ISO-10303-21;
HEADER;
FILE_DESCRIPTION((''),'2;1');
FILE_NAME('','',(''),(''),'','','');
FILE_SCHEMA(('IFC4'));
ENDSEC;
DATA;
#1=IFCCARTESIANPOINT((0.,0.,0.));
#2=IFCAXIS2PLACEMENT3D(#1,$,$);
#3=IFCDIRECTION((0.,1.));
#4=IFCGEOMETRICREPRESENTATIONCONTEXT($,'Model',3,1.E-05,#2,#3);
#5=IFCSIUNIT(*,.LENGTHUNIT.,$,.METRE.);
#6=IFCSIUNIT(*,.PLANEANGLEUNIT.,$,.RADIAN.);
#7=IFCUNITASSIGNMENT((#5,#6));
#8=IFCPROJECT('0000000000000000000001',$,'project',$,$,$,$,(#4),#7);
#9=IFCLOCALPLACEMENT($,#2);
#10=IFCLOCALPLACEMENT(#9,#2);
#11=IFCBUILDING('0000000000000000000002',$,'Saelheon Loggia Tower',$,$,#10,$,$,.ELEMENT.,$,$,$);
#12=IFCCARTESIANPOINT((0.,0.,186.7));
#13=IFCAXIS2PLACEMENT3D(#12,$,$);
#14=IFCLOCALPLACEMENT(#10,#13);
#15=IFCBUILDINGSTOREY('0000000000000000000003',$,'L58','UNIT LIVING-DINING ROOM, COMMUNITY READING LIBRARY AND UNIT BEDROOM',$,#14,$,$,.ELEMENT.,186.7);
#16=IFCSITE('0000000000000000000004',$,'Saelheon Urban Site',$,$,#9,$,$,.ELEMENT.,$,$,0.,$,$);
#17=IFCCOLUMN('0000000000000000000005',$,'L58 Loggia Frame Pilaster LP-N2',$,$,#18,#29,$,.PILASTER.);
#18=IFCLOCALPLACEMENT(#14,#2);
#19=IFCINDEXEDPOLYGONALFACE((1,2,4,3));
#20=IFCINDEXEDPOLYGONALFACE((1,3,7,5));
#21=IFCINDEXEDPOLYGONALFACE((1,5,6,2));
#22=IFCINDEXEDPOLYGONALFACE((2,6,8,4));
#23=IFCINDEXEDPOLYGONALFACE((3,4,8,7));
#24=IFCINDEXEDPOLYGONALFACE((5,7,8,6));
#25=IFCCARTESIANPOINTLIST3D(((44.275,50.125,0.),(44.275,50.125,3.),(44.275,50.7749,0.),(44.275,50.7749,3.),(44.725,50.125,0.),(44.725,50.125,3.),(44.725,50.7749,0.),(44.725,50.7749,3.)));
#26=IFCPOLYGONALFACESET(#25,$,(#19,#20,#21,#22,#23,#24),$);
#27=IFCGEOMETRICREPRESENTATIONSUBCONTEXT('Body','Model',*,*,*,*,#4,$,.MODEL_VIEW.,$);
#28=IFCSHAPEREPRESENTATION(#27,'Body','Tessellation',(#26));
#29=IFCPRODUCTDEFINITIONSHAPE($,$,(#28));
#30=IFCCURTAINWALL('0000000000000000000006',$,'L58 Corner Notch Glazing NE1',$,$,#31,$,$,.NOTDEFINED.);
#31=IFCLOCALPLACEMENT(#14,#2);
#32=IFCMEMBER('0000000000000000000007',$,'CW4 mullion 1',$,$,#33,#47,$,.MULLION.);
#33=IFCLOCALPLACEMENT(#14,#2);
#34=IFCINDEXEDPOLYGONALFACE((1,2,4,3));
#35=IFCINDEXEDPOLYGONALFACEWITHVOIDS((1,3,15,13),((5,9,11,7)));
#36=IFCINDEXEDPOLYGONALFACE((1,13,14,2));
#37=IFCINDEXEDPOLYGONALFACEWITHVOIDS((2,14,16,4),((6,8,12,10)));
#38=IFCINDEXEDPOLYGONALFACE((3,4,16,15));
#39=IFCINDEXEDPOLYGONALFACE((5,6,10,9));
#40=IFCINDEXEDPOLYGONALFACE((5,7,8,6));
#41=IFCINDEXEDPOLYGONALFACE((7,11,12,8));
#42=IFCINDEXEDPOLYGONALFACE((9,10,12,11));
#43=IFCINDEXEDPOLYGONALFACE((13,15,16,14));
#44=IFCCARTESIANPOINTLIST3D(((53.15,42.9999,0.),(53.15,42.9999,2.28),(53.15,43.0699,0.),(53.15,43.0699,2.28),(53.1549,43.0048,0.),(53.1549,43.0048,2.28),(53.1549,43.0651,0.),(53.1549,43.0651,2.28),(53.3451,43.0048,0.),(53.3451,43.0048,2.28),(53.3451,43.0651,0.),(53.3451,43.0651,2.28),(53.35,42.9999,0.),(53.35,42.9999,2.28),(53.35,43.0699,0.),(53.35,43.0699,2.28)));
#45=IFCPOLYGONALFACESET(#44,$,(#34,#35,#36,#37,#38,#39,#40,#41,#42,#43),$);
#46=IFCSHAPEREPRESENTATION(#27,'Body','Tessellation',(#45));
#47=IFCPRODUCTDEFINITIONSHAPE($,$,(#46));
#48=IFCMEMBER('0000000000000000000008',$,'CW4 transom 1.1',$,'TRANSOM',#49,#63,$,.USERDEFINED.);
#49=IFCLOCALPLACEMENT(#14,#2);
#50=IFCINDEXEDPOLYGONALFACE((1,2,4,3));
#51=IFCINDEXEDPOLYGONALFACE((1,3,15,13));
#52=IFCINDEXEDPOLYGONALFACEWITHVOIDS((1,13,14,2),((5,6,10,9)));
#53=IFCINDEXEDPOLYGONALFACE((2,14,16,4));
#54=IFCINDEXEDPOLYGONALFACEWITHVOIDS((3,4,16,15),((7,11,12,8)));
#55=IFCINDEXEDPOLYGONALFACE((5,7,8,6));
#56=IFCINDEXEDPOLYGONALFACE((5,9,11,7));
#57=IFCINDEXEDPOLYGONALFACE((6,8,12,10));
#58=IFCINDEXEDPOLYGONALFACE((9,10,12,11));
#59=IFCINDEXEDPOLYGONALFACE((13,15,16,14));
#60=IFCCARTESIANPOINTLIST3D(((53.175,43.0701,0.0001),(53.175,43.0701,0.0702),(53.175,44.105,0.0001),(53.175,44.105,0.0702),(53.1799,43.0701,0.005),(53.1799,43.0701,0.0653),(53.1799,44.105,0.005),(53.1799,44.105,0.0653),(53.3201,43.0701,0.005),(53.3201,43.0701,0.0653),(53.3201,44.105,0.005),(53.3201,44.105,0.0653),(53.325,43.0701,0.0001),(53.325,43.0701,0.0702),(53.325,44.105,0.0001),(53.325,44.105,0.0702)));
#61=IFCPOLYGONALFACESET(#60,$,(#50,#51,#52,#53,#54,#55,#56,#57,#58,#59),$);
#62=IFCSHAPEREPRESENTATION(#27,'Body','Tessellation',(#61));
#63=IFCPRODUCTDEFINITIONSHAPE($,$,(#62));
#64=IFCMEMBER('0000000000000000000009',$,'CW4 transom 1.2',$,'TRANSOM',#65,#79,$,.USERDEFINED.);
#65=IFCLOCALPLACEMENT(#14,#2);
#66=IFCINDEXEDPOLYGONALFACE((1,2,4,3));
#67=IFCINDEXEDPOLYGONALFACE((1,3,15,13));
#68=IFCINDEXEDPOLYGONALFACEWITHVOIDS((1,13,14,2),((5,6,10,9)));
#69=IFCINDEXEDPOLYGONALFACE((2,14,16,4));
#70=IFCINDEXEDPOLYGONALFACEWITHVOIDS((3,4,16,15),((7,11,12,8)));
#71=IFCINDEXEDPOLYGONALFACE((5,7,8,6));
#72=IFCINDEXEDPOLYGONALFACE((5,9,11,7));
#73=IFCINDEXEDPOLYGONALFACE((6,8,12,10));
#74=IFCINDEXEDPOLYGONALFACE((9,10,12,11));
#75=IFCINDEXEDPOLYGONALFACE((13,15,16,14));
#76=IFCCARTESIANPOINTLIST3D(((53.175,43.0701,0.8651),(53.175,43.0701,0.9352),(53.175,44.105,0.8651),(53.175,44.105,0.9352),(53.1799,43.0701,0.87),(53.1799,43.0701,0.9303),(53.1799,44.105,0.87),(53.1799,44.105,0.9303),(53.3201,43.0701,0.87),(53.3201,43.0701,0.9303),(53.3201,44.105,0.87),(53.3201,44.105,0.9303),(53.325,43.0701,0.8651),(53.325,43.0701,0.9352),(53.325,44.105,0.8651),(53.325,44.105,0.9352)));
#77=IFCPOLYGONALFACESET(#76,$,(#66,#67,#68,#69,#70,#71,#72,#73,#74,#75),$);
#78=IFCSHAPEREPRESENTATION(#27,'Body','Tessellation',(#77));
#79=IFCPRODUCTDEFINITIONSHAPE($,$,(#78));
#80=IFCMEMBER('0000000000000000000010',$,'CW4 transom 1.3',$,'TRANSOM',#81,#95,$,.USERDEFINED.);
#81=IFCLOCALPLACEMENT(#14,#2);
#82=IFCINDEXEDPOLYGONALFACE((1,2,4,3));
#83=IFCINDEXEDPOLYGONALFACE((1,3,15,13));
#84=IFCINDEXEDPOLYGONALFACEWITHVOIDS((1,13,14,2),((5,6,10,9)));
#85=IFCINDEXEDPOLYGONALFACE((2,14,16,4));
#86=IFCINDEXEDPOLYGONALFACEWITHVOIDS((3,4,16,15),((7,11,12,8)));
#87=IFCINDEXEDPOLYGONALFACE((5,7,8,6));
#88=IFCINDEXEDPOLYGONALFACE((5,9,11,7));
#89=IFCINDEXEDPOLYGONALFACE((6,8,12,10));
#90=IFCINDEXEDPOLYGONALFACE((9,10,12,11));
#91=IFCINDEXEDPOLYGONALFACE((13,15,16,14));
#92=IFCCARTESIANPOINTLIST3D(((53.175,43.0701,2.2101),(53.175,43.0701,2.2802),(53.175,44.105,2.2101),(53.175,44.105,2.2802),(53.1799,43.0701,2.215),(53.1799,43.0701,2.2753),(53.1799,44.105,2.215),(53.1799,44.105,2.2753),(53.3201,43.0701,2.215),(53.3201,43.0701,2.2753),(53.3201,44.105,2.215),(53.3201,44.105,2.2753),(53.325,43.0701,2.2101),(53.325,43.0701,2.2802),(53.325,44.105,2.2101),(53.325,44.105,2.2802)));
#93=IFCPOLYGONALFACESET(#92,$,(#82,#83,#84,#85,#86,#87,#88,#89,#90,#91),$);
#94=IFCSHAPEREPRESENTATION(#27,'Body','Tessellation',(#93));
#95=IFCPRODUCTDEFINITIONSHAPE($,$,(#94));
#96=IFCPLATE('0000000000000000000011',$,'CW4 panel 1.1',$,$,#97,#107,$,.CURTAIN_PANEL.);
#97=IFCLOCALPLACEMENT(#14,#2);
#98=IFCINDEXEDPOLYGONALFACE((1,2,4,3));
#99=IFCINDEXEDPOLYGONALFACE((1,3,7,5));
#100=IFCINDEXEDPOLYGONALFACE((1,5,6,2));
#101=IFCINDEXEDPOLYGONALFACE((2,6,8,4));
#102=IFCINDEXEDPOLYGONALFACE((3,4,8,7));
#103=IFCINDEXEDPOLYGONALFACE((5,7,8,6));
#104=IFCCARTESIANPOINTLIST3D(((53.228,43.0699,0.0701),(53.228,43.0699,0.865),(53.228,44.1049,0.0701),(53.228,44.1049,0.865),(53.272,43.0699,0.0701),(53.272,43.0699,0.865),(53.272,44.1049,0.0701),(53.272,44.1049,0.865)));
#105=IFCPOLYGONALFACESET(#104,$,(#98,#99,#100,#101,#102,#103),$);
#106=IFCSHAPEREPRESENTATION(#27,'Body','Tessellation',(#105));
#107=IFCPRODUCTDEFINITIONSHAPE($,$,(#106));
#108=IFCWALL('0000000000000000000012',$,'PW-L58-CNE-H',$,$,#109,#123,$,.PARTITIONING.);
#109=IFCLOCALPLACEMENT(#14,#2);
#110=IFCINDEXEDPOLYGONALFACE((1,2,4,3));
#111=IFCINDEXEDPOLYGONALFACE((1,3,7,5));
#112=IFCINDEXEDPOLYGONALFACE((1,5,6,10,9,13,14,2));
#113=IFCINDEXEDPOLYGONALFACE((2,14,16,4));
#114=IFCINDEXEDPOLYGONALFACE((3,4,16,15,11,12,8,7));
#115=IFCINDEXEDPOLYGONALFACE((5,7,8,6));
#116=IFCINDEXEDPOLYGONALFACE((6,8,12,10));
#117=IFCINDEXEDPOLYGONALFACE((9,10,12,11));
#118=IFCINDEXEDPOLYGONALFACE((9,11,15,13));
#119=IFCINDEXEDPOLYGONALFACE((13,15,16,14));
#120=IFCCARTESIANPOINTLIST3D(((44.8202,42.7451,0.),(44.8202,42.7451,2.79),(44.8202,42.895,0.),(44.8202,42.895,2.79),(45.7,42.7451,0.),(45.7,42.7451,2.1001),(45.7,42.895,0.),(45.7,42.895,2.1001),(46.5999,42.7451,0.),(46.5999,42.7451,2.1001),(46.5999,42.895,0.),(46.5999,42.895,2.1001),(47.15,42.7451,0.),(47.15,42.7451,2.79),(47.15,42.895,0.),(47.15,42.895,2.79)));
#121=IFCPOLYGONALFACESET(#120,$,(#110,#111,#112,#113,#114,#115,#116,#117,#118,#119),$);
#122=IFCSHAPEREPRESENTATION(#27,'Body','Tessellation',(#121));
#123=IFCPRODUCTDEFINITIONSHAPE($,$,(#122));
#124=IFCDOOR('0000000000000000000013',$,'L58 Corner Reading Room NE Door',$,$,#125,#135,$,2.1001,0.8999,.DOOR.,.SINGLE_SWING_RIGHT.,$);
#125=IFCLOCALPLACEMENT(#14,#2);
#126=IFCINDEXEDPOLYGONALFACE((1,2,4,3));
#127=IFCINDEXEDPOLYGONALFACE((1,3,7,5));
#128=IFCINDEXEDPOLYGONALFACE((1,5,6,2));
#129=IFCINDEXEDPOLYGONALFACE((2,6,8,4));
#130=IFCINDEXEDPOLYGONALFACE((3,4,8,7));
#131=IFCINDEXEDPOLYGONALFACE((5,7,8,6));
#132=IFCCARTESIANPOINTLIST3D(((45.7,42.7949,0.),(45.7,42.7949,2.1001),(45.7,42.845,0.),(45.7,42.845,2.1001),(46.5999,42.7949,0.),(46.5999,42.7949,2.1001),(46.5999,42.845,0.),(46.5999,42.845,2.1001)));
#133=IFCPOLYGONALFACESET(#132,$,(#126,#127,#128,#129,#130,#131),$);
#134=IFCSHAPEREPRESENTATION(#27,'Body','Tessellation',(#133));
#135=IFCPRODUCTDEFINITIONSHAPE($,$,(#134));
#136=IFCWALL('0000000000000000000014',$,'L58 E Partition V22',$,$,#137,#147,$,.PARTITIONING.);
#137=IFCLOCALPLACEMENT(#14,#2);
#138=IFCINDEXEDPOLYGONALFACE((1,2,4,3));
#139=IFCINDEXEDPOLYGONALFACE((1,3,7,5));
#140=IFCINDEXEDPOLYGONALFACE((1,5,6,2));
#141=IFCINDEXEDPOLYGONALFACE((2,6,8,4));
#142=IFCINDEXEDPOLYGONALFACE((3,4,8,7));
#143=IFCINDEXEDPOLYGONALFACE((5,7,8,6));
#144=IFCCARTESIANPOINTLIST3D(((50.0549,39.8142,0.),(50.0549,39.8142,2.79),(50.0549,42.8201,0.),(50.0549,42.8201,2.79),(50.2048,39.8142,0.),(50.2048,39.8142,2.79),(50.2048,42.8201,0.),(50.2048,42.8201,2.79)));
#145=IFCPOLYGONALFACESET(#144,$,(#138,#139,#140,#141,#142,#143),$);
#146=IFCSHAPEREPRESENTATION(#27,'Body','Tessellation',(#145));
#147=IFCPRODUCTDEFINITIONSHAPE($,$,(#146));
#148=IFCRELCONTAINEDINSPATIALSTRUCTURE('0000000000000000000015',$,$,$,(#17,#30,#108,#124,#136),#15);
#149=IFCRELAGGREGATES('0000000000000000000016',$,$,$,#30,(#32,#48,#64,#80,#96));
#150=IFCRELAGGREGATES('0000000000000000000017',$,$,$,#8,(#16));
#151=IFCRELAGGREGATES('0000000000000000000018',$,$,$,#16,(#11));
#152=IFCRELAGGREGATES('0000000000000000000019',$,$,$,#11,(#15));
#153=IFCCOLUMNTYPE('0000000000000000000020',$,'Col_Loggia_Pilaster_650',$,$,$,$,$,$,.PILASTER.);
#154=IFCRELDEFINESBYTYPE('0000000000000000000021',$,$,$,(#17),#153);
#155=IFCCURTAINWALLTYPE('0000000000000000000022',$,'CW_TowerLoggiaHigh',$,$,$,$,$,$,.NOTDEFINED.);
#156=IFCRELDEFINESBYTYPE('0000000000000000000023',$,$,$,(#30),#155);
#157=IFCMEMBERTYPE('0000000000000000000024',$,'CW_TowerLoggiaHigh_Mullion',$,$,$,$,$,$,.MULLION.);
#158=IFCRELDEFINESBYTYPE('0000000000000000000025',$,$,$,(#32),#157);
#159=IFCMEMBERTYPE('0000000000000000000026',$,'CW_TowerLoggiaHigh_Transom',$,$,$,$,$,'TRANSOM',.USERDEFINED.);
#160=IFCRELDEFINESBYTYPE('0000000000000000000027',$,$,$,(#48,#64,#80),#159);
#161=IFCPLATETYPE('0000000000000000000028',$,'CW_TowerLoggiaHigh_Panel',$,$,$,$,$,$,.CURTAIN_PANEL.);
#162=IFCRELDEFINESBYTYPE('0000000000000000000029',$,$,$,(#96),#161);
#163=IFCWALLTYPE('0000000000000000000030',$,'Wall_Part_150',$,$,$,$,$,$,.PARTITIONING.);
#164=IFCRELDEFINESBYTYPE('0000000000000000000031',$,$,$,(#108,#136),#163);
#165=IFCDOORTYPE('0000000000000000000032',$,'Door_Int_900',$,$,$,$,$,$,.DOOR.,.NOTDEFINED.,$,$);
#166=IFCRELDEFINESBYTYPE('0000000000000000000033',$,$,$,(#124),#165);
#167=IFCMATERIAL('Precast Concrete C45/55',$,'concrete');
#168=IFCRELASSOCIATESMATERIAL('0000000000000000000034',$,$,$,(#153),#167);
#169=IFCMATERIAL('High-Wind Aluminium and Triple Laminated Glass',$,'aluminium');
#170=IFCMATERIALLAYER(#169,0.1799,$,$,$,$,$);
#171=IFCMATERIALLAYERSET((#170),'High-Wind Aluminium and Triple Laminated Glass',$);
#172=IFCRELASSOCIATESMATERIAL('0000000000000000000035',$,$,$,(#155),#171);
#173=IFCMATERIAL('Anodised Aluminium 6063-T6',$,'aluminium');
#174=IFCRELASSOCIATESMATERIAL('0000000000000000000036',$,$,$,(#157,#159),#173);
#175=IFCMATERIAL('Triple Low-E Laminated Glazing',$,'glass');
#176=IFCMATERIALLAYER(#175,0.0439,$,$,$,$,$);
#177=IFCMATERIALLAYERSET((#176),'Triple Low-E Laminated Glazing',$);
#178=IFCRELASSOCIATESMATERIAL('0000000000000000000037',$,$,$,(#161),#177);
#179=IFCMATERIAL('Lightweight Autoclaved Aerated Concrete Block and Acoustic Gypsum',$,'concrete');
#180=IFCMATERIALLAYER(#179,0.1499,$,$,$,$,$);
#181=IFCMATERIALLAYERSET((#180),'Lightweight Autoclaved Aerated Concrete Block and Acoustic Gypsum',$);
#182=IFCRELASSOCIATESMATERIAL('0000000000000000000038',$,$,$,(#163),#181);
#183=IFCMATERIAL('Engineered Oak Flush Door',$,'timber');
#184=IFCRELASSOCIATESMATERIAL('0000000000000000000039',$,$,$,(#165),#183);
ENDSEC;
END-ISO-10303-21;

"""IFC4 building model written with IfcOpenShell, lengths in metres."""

from ifc_helpers import new_model, si_unit, direction, frame, frame_2d, origin, origin_2d, place, context, subcontext, project, spatial, rectangle, hollow_rectangle, extrude, source, transform, mapped, material, layer, layer_set, material_profile, profile_set, type_object, element, fill, aggregate, save


model = new_model("IFC4")

# Units and contexts
model_context = context("Model", 3, precision=1e-05, world=origin(), true_north=direction((0.0, 1.0)))
body_context = subcontext(model_context, "Body", "Model", "MODEL_VIEW")
ifc_project = project(units=[si_unit("LENGTHUNIT", "METRE"), si_unit("PLANEANGLEUNIT", "RADIAN")], contexts=[model_context])

# Site, building, storey
site_placement = place(None, origin())
site = spatial("IfcSite", under=ifc_project, at=site_placement, Name="Saelheon Urban Site", CompositionType="ELEMENT", RefElevation=0.0)
building_placement = place(site_placement, origin())
building = spatial("IfcBuilding", under=site, at=building_placement, Name="Saelheon Loggia Tower", CompositionType="ELEMENT")
storey_placement = place(building_placement, frame((0.0, 0.0, 186.7)))
storey = spatial("IfcBuildingStorey", under=building, at=storey_placement, Name="L58", Description="UNIT LIVING-DINING ROOM, COMMUNITY READING LIBRARY AND UNIT BEDROOM", CompositionType="ELEMENT", Elevation=186.7)

# Column
ifc_material_1 = material(Name="Precast Concrete C45/55", Category="concrete")
ifc_material_profile_1 = material_profile(ifc_material_1, rectangle(XDim=0.45, YDim=0.6499, at=origin_2d()), Name="RC-450x650")
ifc_profile_set_1 = profile_set([ifc_material_profile_1], Name="Precast Concrete C45/55")
column_type = type_object("IfcColumnType", Name="Col_Loggia_Pilaster_650", PredefinedType="PILASTER", material=ifc_profile_set_1)
shared_shape_1 = source(origin(), body_context, "Body", "SweptSolid", [
    extrude(rectangle(XDim=0.45, YDim=0.6499, at=origin_2d()), origin(), (0.0, 0.0, 1.0), 3.0),
])
column_placement = place(storey_placement, frame((44.5, 50.45, 0.0), z_axis=(0.0, 0.0, 1.0), x_axis=(1.0, 0.0, 0.0)))
element("IfcColumn", 1, at=column_placement, inside=storey, type_object=column_type, Name="L58 Loggia Frame Pilaster LP-N2", PredefinedType="PILASTER", context=body_context, shape_type="MappedRepresentation", body=[
    mapped(shared_shape_1, transform((0.0, 0.0, 0.0), scale=1.0)),
])

# Curtain wall, members, plate
ifc_material_2 = material(Name="High-Wind Aluminium and Triple Laminated Glass", Category="aluminium")
ifc_layer_1 = layer(ifc_material_2, 0.1799)
ifc_layer_set_1 = layer_set([ifc_layer_1], Name="High-Wind Aluminium and Triple Laminated Glass")
curtain_wall_type = type_object("IfcCurtainWallType", Name="CW_TowerLoggiaHigh", PredefinedType="NOTDEFINED", material=ifc_layer_set_1)
curtain_wall_placement = place(storey_placement, origin())
curtain_wall = element("IfcCurtainWall", 2, at=curtain_wall_placement, inside=storey, type_object=curtain_wall_type, Name="L58 Corner Notch Glazing NE1", PredefinedType="NOTDEFINED")
ifc_material_3 = material(Name="Anodised Aluminium 6063-T6", Category="aluminium")
ifc_material_profile_2 = material_profile(ifc_material_3, hollow_rectangle(XDim=0.0701, YDim=0.2, WallThickness=0.0049, at=origin_2d()), Name="RHS-200x70x5")
ifc_profile_set_2 = profile_set([ifc_material_profile_2], Name="Anodised Aluminium 6063-T6")
member_type_1 = type_object("IfcMemberType", Name="CW_TowerLoggiaHigh_Mullion", PredefinedType="MULLION", material=ifc_profile_set_2)
shared_shape_2 = source(origin(), body_context, "Body", "SweptSolid", [
    extrude(hollow_rectangle(XDim=0.0701, YDim=0.2, WallThickness=0.0049, at=origin_2d()), origin(), (0.0, 0.0, 1.0), 2.28),
])
member_1_placement = place(storey_placement, frame((53.25, 43.0349, 0.0), z_axis=(0.0, 0.0, 1.0), x_axis=(0.0, 1.0, 0.0)))
member_1 = element("IfcMember", 3, at=member_1_placement, type_object=member_type_1, Name="CW4 mullion 1", PredefinedType="MULLION", context=body_context, shape_type="MappedRepresentation", body=[
    mapped(shared_shape_2, transform((0.0, 0.0, 0.0), scale=1.0)),
])
ifc_material_profile_3 = material_profile(ifc_material_3, hollow_rectangle(XDim=0.0701, YDim=0.1499, WallThickness=0.0049, at=origin_2d()), Name="RHS-150x70x5")
ifc_profile_set_3 = profile_set([ifc_material_profile_3], Name="Anodised Aluminium 6063-T6")
member_type_2 = type_object("IfcMemberType", Name="CW_TowerLoggiaHigh_Transom", ElementType="TRANSOM", PredefinedType="USERDEFINED", material=ifc_profile_set_3)
shared_shape_3 = source(origin(), body_context, "Body", "SweptSolid", [
    extrude(hollow_rectangle(XDim=0.0701, YDim=0.1499, WallThickness=0.0049, at=origin_2d()), origin(), (0.0, 0.0, 1.0), 1.0349),
])
member_2_placement = place(storey_placement, frame((53.25, 43.0701, 0.0352), z_axis=(0.0, 1.0, 0.0), x_axis=(0.0, 0.0, 1.0)))
member_2 = element("IfcMember", 4, at=member_2_placement, type_object=member_type_2, Name="CW4 transom 1.1", ObjectType="TRANSOM", PredefinedType="USERDEFINED", context=body_context, shape_type="MappedRepresentation", body=[
    mapped(shared_shape_3, transform((0.0, 0.0, 0.0), scale=1.0)),
])
member_3_placement = place(storey_placement, frame((53.25, 43.0701, 0.9001), z_axis=(0.0, 1.0, 0.0), x_axis=(0.0, 0.0, 1.0)))
member_3 = element("IfcMember", 5, at=member_3_placement, type_object=member_type_2, Name="CW4 transom 1.2", ObjectType="TRANSOM", PredefinedType="USERDEFINED", context=body_context, shape_type="MappedRepresentation", body=[
    mapped(shared_shape_3, transform((0.0, 0.0, 0.0), scale=1.0)),
])
member_4_placement = place(storey_placement, frame((53.25, 43.0701, 2.2451), z_axis=(0.0, 1.0, 0.0), x_axis=(0.0, 0.0, 1.0)))
member_4 = element("IfcMember", 6, at=member_4_placement, type_object=member_type_2, Name="CW4 transom 1.3", ObjectType="TRANSOM", PredefinedType="USERDEFINED", context=body_context, shape_type="MappedRepresentation", body=[
    mapped(shared_shape_3, transform((0.0, 0.0, 0.0), scale=1.0)),
])
ifc_material_4 = material(Name="Triple Low-E Laminated Glazing", Category="glass")
ifc_layer_2 = layer(ifc_material_4, 0.0439)
ifc_layer_set_2 = layer_set([ifc_layer_2], Name="Triple Low-E Laminated Glazing")
plate_type = type_object("IfcPlateType", Name="CW_TowerLoggiaHigh_Panel", PredefinedType="CURTAIN_PANEL", material=ifc_layer_set_2)
shared_shape_4 = source(origin(), body_context, "Body", "SweptSolid", [
    extrude(rectangle(XDim=1.0349, YDim=0.0439, at=origin_2d()), origin(), (0.0, 0.0, 1.0), 0.7949),
])
plate_placement = place(storey_placement, frame((53.25, 43.5874, 0.0701), z_axis=(0.0, 0.0, 1.0), x_axis=(0.0, 1.0, 0.0)))
plate = element("IfcPlate", 7, at=plate_placement, type_object=plate_type, Name="CW4 panel 1.1", PredefinedType="CURTAIN_PANEL", context=body_context, shape_type="MappedRepresentation", body=[
    mapped(shared_shape_4, transform((0.0, 0.0, 0.0), scale=1.0)),
])
aggregate(curtain_wall, [member_1, member_2, member_3, member_4, plate])

# Wall, opening, door
ifc_material_5 = material(Name="Lightweight Autoclaved Aerated Concrete Block and Acoustic Gypsum", Category="concrete")
ifc_layer_3 = layer(ifc_material_5, 0.1499)
ifc_layer_set_3 = layer_set([ifc_layer_3], Name="Lightweight Autoclaved Aerated Concrete Block and Acoustic Gypsum")
wall_type_1 = type_object("IfcWallType", Name="Wall_Part_150", PredefinedType="PARTITIONING", material=ifc_layer_set_3)
wall_1_placement = place(storey_placement, frame((44.8201, 42.8201, 0.0), z_axis=(0.0, 0.0, 1.0), x_axis=(1.0, 0.0, 0.0)))
wall_1 = element("IfcWall", 8, at=wall_1_placement, inside=storey, type_object=wall_type_1, Name="PW-L58-CNE-H", PredefinedType="PARTITIONING", context=body_context, shape_type="SweptSolid", body=[
    extrude(rectangle(XDim=2.3298, YDim=0.1499, at=frame_2d((1.165, 0.0))), origin(), (0.0, 0.0, 1.0), 2.79),
])
opening_1_placement = place(wall_1_placement, frame((0.8799, 0.0, 0.0)))
opening_1 = element("IfcOpeningElement", 9, at=opening_1_placement, cuts=wall_1, PredefinedType="OPENING", context=body_context, shape_type="SweptSolid", body=[
    extrude(rectangle(XDim=0.8999, YDim=2.1001, at=frame_2d((0.45, 1.05))), frame((0.0, 0.0869, 0.0), z_axis=(0.0, -1.0, 0.0), x_axis=(1.0, 0.0, 0.0)), (0.0, 0.0, 1.0), 0.1738),
])
ifc_material_6 = material(Name="Engineered Oak Flush Door", Category="timber")
door_type = type_object("IfcDoorType", Name="Door_Int_900", OperationType="NOTDEFINED", PredefinedType="DOOR", material=ifc_material_6)
shared_shape_5 = source(origin(), body_context, "Body", "SweptSolid", [
    extrude(rectangle(XDim=0.8999, YDim=2.1001, at=frame_2d((0.45, 1.05))), frame((0.0, 0.0249, 0.0), z_axis=(0.0, -1.0, 0.0), x_axis=(1.0, 0.0, 0.0)), (0.0, 0.0, 1.0), 0.05),
])
door_1_placement = place(opening_1_placement, origin())
door_1 = element("IfcDoor", 10, at=door_1_placement, inside=storey, type_object=door_type, Name="L58 Corner Reading Room NE Door", OperationType="SINGLE_SWING_RIGHT", OverallHeight=2.1001, OverallWidth=0.8999, PredefinedType="DOOR", context=body_context, shape_type="MappedRepresentation", body=[
    mapped(shared_shape_5, transform((0.0, 0.0, 0.0), scale=1.0)),
])
fill(opening_1, door_1)

# Wall
wall_2_placement = place(storey_placement, frame((50.1299, 39.8142, 0.0), z_axis=(0.0, 0.0, 1.0), x_axis=(0.0, 1.0, 0.0)))
element("IfcWall", 11, at=wall_2_placement, inside=storey, type_object=wall_type_1, Name="L58 E Partition V22", PredefinedType="PARTITIONING", context=body_context, shape_type="SweptSolid", body=[
    extrude(rectangle(XDim=3.0059, YDim=0.1499, at=frame_2d((1.5029, 0.0))), origin(), (0.0, 0.0, 1.0), 2.79),
])

save(model, "model.ifc")
